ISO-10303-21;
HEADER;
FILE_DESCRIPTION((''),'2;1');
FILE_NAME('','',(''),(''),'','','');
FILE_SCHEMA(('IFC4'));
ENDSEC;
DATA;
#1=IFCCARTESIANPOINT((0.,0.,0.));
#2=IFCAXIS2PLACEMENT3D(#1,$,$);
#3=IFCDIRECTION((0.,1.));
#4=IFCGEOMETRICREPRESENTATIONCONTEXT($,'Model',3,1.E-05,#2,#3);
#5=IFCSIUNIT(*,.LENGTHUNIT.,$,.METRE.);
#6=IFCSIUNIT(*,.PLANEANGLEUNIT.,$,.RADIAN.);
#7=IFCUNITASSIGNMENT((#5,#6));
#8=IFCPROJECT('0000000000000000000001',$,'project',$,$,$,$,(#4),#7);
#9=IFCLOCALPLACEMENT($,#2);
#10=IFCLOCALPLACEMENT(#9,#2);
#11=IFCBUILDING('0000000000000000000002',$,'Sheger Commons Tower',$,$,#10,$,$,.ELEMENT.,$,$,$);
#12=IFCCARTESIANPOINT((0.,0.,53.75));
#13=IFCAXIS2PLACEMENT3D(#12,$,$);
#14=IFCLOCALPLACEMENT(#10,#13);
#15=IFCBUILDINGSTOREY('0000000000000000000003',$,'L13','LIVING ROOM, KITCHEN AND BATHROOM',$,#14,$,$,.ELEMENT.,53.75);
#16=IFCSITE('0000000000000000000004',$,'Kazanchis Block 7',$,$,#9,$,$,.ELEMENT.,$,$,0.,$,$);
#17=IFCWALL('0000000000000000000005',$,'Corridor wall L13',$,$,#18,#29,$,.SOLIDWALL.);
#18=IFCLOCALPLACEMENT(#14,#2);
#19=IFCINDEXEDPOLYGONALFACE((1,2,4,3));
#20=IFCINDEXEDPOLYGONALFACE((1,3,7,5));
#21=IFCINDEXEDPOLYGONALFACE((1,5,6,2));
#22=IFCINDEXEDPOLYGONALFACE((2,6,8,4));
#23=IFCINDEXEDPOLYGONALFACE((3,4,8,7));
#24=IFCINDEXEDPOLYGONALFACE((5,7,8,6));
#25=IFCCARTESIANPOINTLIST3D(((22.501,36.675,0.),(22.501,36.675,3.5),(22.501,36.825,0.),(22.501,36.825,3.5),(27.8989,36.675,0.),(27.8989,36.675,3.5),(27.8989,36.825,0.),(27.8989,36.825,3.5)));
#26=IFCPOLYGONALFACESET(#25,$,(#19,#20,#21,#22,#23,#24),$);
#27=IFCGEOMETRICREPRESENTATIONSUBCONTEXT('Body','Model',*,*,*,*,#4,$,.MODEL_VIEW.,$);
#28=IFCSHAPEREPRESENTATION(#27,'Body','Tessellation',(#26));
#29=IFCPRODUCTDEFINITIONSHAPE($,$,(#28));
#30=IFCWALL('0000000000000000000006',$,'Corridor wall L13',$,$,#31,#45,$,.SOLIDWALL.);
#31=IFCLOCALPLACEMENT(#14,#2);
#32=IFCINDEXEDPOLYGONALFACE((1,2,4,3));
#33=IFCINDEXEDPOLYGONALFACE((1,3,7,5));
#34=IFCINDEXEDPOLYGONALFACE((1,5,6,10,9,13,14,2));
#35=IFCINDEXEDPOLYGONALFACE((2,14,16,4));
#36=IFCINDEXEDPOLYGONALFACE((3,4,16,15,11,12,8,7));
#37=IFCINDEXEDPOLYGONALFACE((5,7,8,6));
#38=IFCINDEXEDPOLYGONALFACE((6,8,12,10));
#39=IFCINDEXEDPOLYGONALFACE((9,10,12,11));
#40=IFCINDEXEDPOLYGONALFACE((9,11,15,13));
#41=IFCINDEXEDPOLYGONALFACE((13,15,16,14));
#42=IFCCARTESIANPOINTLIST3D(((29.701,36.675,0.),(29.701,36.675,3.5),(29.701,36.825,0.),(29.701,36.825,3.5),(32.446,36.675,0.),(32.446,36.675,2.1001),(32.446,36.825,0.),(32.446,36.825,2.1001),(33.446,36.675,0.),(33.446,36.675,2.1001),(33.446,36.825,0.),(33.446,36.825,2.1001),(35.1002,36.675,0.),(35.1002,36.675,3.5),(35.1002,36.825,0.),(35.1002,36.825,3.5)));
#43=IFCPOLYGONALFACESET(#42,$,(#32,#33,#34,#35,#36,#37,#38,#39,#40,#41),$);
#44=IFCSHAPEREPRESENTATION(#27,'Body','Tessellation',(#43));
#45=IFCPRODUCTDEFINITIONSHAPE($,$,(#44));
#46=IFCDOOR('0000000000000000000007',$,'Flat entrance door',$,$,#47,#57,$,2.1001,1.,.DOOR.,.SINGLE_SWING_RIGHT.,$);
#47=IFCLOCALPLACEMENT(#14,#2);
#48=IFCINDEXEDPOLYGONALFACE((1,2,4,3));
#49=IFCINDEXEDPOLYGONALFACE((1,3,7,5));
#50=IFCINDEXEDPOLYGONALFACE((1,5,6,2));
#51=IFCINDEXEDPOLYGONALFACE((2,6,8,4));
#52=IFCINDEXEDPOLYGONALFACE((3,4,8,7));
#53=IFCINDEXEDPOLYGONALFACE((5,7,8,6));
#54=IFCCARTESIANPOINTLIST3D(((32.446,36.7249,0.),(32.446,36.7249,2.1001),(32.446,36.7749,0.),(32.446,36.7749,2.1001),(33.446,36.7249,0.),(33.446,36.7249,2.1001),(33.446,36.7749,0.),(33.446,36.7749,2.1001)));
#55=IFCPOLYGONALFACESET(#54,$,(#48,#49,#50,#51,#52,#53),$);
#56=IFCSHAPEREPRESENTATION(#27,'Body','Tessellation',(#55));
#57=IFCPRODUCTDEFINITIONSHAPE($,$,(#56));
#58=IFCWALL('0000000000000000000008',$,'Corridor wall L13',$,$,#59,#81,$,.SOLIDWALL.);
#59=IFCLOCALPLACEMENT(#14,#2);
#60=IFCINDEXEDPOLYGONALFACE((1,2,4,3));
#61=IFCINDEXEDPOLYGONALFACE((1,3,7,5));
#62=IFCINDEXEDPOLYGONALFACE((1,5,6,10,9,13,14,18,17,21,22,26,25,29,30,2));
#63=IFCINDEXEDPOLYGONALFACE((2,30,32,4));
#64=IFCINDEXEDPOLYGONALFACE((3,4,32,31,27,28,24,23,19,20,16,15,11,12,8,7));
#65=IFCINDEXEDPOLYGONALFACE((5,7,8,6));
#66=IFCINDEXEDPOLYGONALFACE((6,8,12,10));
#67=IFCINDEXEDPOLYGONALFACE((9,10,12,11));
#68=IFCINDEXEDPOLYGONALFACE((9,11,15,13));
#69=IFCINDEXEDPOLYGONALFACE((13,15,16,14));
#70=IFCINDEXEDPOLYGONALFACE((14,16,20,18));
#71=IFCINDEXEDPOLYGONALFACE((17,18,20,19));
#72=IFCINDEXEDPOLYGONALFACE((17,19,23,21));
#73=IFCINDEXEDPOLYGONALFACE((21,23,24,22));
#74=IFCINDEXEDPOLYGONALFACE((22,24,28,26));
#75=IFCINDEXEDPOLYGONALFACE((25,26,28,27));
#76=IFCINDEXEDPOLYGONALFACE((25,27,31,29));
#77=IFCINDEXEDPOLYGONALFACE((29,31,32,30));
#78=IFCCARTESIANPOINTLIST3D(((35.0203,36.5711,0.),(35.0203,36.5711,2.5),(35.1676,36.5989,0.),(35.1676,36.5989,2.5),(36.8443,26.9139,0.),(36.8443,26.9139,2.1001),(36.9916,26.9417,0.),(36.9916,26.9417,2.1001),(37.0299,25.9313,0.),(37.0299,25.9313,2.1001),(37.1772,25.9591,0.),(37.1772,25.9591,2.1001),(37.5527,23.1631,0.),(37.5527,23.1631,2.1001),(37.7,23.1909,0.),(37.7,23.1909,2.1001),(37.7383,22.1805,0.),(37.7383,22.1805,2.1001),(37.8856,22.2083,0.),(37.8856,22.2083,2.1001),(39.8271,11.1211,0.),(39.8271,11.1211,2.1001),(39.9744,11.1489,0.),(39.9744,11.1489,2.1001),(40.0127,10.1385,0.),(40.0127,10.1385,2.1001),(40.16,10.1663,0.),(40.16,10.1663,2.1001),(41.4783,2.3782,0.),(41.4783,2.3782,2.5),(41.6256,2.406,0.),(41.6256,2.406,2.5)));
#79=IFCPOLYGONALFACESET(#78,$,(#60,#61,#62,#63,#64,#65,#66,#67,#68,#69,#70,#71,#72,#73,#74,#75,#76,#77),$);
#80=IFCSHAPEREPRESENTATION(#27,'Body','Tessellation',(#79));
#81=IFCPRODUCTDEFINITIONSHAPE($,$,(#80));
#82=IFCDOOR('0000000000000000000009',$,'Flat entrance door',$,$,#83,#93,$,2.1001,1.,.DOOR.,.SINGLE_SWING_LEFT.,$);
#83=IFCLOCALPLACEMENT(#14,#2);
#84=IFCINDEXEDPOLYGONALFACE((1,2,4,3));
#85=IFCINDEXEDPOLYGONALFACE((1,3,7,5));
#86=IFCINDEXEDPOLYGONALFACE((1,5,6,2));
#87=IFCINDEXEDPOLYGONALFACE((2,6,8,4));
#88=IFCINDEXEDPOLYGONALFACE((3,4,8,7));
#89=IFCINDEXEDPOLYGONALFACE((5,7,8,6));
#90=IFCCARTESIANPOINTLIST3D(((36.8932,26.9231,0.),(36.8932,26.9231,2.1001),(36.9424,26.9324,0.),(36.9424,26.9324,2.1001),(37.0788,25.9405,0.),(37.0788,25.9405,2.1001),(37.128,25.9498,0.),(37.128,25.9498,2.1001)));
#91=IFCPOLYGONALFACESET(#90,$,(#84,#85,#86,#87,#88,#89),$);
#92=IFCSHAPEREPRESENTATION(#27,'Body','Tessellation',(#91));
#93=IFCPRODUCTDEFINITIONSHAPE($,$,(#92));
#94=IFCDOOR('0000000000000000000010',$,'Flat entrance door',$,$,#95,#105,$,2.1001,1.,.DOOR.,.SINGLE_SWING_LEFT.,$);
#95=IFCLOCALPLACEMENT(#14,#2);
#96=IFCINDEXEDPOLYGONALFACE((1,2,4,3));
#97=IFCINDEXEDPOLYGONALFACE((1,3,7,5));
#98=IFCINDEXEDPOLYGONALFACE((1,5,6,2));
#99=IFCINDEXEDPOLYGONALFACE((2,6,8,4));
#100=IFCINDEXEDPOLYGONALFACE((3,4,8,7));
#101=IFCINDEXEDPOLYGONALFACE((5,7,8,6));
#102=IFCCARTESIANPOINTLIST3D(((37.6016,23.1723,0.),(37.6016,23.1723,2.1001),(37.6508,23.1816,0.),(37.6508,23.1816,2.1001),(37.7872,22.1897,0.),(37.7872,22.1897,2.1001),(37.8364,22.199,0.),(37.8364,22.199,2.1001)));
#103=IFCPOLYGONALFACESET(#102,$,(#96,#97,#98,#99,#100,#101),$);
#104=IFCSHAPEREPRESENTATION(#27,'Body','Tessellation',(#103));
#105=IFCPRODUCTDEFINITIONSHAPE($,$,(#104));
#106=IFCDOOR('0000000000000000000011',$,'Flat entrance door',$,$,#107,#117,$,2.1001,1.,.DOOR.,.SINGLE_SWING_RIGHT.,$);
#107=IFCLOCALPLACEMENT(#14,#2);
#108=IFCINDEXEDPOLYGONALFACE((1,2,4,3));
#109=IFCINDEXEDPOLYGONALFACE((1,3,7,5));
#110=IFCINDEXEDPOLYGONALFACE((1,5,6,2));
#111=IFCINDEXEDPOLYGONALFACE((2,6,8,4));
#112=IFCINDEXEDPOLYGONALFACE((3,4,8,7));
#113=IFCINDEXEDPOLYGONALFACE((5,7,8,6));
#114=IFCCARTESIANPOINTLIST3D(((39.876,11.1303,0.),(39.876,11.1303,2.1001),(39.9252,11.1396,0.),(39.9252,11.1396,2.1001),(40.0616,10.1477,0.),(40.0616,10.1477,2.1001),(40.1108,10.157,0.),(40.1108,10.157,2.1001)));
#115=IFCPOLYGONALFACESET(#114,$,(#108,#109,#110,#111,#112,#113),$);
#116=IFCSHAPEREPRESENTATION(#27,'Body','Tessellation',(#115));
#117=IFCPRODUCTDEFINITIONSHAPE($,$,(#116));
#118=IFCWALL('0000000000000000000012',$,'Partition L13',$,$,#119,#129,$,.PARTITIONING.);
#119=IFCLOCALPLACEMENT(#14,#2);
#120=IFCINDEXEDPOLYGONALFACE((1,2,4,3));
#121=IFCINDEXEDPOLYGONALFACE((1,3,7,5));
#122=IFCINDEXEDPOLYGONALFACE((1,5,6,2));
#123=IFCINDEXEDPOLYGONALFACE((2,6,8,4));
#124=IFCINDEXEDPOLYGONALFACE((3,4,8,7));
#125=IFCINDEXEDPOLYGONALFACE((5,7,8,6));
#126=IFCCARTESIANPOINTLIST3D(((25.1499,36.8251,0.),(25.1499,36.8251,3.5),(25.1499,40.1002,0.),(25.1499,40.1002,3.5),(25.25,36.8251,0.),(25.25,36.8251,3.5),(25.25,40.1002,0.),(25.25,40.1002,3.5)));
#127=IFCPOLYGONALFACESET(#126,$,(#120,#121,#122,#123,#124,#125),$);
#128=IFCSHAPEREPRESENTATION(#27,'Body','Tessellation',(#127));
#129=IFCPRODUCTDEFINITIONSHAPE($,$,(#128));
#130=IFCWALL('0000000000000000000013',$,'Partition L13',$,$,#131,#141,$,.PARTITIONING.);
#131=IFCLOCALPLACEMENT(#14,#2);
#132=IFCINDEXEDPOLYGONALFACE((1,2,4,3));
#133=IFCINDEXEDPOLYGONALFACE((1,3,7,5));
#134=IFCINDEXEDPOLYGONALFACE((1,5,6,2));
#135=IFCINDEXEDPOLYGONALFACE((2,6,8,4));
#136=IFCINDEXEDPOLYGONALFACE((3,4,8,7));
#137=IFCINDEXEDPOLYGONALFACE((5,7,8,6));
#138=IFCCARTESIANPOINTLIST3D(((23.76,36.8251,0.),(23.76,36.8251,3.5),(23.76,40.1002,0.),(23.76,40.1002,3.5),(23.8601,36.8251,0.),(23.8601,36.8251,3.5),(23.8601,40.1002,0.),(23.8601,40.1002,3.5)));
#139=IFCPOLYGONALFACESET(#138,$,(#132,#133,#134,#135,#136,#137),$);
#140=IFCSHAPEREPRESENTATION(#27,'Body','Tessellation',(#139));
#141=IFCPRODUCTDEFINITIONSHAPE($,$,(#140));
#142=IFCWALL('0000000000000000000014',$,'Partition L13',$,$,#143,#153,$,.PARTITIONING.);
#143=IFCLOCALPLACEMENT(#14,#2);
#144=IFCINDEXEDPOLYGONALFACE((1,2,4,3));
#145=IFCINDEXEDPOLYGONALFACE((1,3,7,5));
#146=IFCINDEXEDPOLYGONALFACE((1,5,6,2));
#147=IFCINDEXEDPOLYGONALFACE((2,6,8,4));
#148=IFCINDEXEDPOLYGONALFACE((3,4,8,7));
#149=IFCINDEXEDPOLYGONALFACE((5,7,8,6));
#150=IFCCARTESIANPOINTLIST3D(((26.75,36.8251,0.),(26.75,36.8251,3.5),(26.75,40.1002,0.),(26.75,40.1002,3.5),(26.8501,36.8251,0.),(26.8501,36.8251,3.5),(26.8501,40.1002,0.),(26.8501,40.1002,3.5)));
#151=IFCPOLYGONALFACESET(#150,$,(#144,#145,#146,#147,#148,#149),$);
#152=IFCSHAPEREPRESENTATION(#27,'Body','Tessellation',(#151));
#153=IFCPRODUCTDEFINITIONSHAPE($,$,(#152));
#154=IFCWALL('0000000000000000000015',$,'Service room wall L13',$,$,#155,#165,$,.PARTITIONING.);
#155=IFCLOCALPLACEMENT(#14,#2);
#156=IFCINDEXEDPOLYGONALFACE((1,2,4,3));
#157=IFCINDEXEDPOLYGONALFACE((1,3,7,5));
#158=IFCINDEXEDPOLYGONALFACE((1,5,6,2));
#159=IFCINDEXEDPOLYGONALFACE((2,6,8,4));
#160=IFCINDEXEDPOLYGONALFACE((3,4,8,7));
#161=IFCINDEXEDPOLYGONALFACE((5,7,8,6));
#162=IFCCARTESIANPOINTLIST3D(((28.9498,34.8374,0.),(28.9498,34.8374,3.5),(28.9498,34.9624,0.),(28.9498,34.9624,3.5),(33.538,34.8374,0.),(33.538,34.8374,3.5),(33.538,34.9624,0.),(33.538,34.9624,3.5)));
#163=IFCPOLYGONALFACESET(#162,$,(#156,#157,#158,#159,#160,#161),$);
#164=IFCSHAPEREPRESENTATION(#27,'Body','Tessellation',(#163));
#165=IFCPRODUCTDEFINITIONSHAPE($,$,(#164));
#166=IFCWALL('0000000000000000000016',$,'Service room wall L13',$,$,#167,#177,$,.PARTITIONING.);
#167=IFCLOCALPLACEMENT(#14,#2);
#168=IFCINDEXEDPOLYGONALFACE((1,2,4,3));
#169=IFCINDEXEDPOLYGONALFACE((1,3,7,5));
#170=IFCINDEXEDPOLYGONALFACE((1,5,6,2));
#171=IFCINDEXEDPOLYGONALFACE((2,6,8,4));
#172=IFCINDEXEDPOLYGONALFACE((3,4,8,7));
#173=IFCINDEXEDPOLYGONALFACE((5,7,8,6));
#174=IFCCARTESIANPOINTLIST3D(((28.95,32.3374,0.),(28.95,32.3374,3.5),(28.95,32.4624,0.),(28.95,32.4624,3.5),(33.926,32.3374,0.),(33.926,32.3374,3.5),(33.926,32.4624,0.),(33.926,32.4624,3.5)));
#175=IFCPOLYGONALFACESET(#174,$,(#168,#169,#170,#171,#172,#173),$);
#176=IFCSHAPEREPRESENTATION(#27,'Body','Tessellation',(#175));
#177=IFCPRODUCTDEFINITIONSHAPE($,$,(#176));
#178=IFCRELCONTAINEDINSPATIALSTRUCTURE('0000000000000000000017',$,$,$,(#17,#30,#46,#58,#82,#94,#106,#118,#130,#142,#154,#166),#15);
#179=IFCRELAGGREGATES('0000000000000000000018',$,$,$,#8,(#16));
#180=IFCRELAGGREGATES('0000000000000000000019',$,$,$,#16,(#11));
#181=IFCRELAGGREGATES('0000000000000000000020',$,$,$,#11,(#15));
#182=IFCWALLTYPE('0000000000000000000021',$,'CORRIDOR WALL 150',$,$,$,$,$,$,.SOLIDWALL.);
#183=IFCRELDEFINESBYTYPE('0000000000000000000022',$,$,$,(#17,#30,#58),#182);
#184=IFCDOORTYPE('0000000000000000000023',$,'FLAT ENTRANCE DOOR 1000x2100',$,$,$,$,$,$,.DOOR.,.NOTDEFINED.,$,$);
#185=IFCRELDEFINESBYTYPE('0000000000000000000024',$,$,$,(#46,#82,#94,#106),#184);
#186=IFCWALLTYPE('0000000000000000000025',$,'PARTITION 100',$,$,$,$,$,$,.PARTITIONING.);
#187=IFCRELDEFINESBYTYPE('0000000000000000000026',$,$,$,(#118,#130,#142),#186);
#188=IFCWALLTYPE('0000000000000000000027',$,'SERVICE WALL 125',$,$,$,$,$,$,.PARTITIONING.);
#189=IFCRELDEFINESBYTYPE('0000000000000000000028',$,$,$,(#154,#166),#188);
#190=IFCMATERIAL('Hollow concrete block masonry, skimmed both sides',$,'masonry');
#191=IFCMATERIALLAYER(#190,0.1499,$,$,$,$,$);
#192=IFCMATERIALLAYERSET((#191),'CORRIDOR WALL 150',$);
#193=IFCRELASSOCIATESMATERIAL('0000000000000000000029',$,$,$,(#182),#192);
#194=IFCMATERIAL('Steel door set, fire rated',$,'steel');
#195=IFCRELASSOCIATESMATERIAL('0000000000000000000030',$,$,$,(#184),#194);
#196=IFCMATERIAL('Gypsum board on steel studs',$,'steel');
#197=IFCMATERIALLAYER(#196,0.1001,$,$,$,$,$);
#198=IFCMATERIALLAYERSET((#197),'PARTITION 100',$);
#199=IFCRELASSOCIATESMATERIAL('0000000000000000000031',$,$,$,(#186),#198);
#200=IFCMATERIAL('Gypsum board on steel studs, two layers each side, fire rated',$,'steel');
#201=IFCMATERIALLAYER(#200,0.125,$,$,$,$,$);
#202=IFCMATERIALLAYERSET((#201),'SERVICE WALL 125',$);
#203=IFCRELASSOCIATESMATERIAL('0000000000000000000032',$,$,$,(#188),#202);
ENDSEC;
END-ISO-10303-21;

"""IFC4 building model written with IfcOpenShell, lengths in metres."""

from ifc_helpers import new_model, si_unit, direction, frame, frame_2d, origin, place, context, subcontext, project, spatial, rectangle, extrude, material, layer, layer_set, type_object, element, fill, save


model = new_model("IFC4")

# Units and contexts
model_context = context("Model", 3, precision=1e-05, world=origin(), true_north=direction((0.0, 1.0)))
body_context = subcontext(model_context, "Body", "Model", "MODEL_VIEW")
ifc_project = project(units=[si_unit("LENGTHUNIT", "METRE"), si_unit("PLANEANGLEUNIT", "RADIAN")], contexts=[model_context])

# Site, building, storey
site_placement = place(None, origin())
site = spatial("IfcSite", under=ifc_project, at=site_placement, Name="Kazanchis Block 7", CompositionType="ELEMENT", RefElevation=0.0)
building_placement = place(site_placement, origin())
building = spatial("IfcBuilding", under=site, at=building_placement, Name="Sheger Commons Tower", CompositionType="ELEMENT")
storey_placement = place(building_placement, frame((0.0, 0.0, 53.75)))
storey = spatial("IfcBuildingStorey", under=building, at=storey_placement, Name="L13", Description="LIVING ROOM, KITCHEN AND BATHROOM", CompositionType="ELEMENT", Elevation=53.75)

# Wall
ifc_material_1 = material(Name="Hollow concrete block masonry, skimmed both sides", Category="masonry")
ifc_layer_1 = layer(ifc_material_1, 0.1499)
ifc_layer_set_1 = layer_set([ifc_layer_1], Name="CORRIDOR WALL 150")
wall_type_1 = type_object("IfcWallType", Name="CORRIDOR WALL 150", PredefinedType="SOLIDWALL", material=ifc_layer_set_1)
wall_1_placement = place(storey_placement, frame((22.501, 36.75, 0.0), z_axis=(0.0, 0.0, 1.0), x_axis=(1.0, 0.0, 0.0)))
element("IfcWall", 1, at=wall_1_placement, inside=storey, type_object=wall_type_1, Name="Corridor wall L13", PredefinedType="SOLIDWALL", context=body_context, shape_type="SweptSolid", body=[
    extrude(rectangle(XDim=5.3979, YDim=0.1499, at=frame_2d((2.699, 0.0))), origin(), (0.0, 0.0, 1.0), 3.5),
])

# Wall, opening, door
wall_2_placement = place(storey_placement, frame((29.7009, 36.75, 0.0), z_axis=(0.0, 0.0, 1.0), x_axis=(1.0, 0.0, 0.0)))
wall_2 = element("IfcWall", 2, at=wall_2_placement, inside=storey, type_object=wall_type_1, Name="Corridor wall L13", PredefinedType="SOLIDWALL", context=body_context, shape_type="SweptSolid", body=[
    extrude(rectangle(XDim=5.3992, YDim=0.1499, at=frame_2d((2.6997, 0.0))), origin(), (0.0, 0.0, 1.0), 3.5),
])
opening_1_placement = place(wall_2_placement, frame((2.7451, 0.0, 0.0)))
opening_1 = element("IfcOpeningElement", 3, at=opening_1_placement, cuts=wall_2, PredefinedType="OPENING", context=body_context, shape_type="SweptSolid", body=[
    extrude(rectangle(XDim=1.0, YDim=2.1001, at=frame_2d((0.5, 1.05))), frame((0.0, 0.085, 0.0), z_axis=(0.0, -1.0, 0.0), x_axis=(1.0, 0.0, 0.0)), (0.0, 0.0, 1.0), 0.1699),
])
ifc_material_2 = material(Name="Steel door set, fire rated", Category="steel")
door_type_1 = type_object("IfcDoorType", Name="FLAT ENTRANCE DOOR 1000x2100", OperationType="NOTDEFINED", PredefinedType="DOOR", material=ifc_material_2)
door_1_placement = place(opening_1_placement, origin())
door_1 = element("IfcDoor", 4, at=door_1_placement, inside=storey, type_object=door_type_1, Name="Flat entrance door", OperationType="SINGLE_SWING_RIGHT", OverallHeight=2.1001, OverallWidth=1.0, PredefinedType="DOOR", context=body_context, shape_type="SweptSolid", body=[
    extrude(rectangle(XDim=1.0, YDim=2.1001, at=frame_2d((0.5, 1.05))), frame((0.0, 0.0249, 0.0), z_axis=(0.0, -1.0, 0.0), x_axis=(1.0, 0.0, 0.0)), (0.0, 0.0, 1.0), 0.05),
])
fill(opening_1, door_1)

# Wall, openings, doors
wall_3_placement = place(storey_placement, frame((35.094, 36.585, 0.0), z_axis=(0.0, 0.0, 1.0), x_axis=(0.185589, -0.982627, 0.0)))
wall_3 = element("IfcWall", 5, at=wall_3_placement, inside=storey, type_object=wall_type_1, Name="Corridor wall L13", PredefinedType="SOLIDWALL", context=body_context, shape_type="SweptSolid", body=[
    extrude(rectangle(XDim=34.7974, YDim=0.1499, at=frame_2d((17.3987, 0.0))), origin(), (0.0, 0.0, 1.0), 2.5),
])
opening_2_placement = place(wall_3_placement, frame((9.8279, 0.0, 0.0)))
opening_2 = element("IfcOpeningElement", 6, at=opening_2_placement, cuts=wall_3, PredefinedType="OPENING", context=body_context, shape_type="SweptSolid", body=[
    extrude(rectangle(XDim=1.0, YDim=2.1001, at=frame_2d((0.5, 1.05))), frame((0.0, 0.085, 0.0), z_axis=(0.0, -1.0, 0.0), x_axis=(1.0, 0.0, 0.0)), (0.0, 0.0, 1.0), 0.1699),
])
opening_3_placement = place(wall_3_placement, frame((13.645, 0.0, 0.0)))
opening_3 = element("IfcOpeningElement", 7, at=opening_3_placement, cuts=wall_3, PredefinedType="OPENING", context=body_context, shape_type="SweptSolid", body=[
    extrude(rectangle(XDim=1.0, YDim=2.1001, at=frame_2d((0.5, 1.05))), frame((0.0, 0.085, 0.0), z_axis=(0.0, -1.0, 0.0), x_axis=(1.0, 0.0, 0.0)), (0.0, 0.0, 1.0), 0.1699),
])
opening_4_placement = place(wall_3_placement, frame((25.8999, 0.0, 0.0)))
opening_4 = element("IfcOpeningElement", 8, at=opening_4_placement, cuts=wall_3, PredefinedType="OPENING", context=body_context, shape_type="SweptSolid", body=[
    extrude(rectangle(XDim=1.0, YDim=2.1001, at=frame_2d((0.5, 1.05))), frame((0.0, 0.085, 0.0), z_axis=(0.0, -1.0, 0.0), x_axis=(1.0, 0.0, 0.0)), (0.0, 0.0, 1.0), 0.1699),
])
door_2_placement = place(opening_2_placement, origin())
door_2 = element("IfcDoor", 9, at=door_2_placement, inside=storey, type_object=door_type_1, Name="Flat entrance door", OperationType="SINGLE_SWING_LEFT", OverallHeight=2.1001, OverallWidth=1.0, PredefinedType="DOOR", context=body_context, shape_type="SweptSolid", body=[
    extrude(rectangle(XDim=1.0, YDim=2.1001, at=frame_2d((0.5, 1.05))), frame((0.0, 0.0249, 0.0), z_axis=(0.0, -1.0, 0.0), x_axis=(1.0, 0.0, 0.0)), (0.0, 0.0, 1.0), 0.05),
])
fill(opening_2, door_2)
door_3_placement = place(opening_3_placement, origin())
door_3 = element("IfcDoor", 10, at=door_3_placement, inside=storey, type_object=door_type_1, Name="Flat entrance door", OperationType="SINGLE_SWING_LEFT", OverallHeight=2.1001, OverallWidth=1.0, PredefinedType="DOOR", context=body_context, shape_type="SweptSolid", body=[
    extrude(rectangle(XDim=1.0, YDim=2.1001, at=frame_2d((0.5, 1.05))), frame((0.0, 0.0249, 0.0), z_axis=(0.0, -1.0, 0.0), x_axis=(1.0, 0.0, 0.0)), (0.0, 0.0, 1.0), 0.05),
])
fill(opening_3, door_3)
door_4_placement = place(opening_4_placement, origin())
door_4 = element("IfcDoor", 11, at=door_4_placement, inside=storey, type_object=door_type_1, Name="Flat entrance door", OperationType="SINGLE_SWING_RIGHT", OverallHeight=2.1001, OverallWidth=1.0, PredefinedType="DOOR", context=body_context, shape_type="SweptSolid", body=[
    extrude(rectangle(XDim=1.0, YDim=2.1001, at=frame_2d((0.5, 1.05))), frame((0.0, 0.0249, 0.0), z_axis=(0.0, -1.0, 0.0), x_axis=(1.0, 0.0, 0.0)), (0.0, 0.0, 1.0), 0.05),
])
fill(opening_4, door_4)

# Walls
ifc_material_3 = material(Name="Gypsum board on steel studs", Category="steel")
ifc_layer_2 = layer(ifc_material_3, 0.1001)
ifc_layer_set_2 = layer_set([ifc_layer_2], Name="PARTITION 100")
wall_type_2 = type_object("IfcWallType", Name="PARTITION 100", PredefinedType="PARTITIONING", material=ifc_layer_set_2)
for number, where, z_axis, x_axis, name in (
    (12, (25.2, 36.825, 0.0), (0.0, 0.0, 1.0), (0.0, 1.0, 0.0), "Partition L13"),
    (13, (23.8101, 36.825, 0.0), (0.0, 0.0, 1.0), (0.0, 1.0, 0.0), "Partition L13"),
    (14, (26.8, 36.825, 0.0), (0.0, 0.0, 1.0), (0.0, 1.0, 0.0), "Partition L13"),
):
    element("IfcWall", number, at=place(storey_placement, frame(where, z_axis=z_axis, x_axis=x_axis)), inside=storey, type_object=wall_type_2, Name=name, PredefinedType="PARTITIONING", context=body_context, shape_type="SweptSolid", body=[
        extrude(rectangle(XDim=3.2751, YDim=0.1001, at=frame_2d((1.6377, 0.0))), origin(), (0.0, 0.0, 1.0), 3.5),
    ])
ifc_material_4 = material(Name="Gypsum board on steel studs, two layers each side, fire rated", Category="steel")
ifc_layer_3 = layer(ifc_material_4, 0.125)
ifc_layer_set_3 = layer_set([ifc_layer_3], Name="SERVICE WALL 125")
wall_type_3 = type_object("IfcWallType", Name="SERVICE WALL 125", PredefinedType="PARTITIONING", material=ifc_layer_set_3)
wall_4_placement = place(storey_placement, frame((28.95, 34.8999, 0.0), z_axis=(0.0, 0.0, 1.0), x_axis=(1.0, 0.0, 0.0)))
element("IfcWall", 15, at=wall_4_placement, inside=storey, type_object=wall_type_3, Name="Service room wall L13", PredefinedType="PARTITIONING", context=body_context, shape_type="SweptSolid", body=[
    extrude(rectangle(XDim=4.5881, YDim=0.125, at=frame_2d((2.2939, 0.0))), origin(), (0.0, 0.0, 1.0), 3.5),
])
wall_5_placement = place(storey_placement, frame((28.95, 32.3999, 0.0), z_axis=(0.0, 0.0, 1.0), x_axis=(1.0, 0.0, 0.0)))
element("IfcWall", 16, at=wall_5_placement, inside=storey, type_object=wall_type_3, Name="Service room wall L13", PredefinedType="PARTITIONING", context=body_context, shape_type="SweptSolid", body=[
    extrude(rectangle(XDim=4.9761, YDim=0.125, at=frame_2d((2.488, 0.0))), origin(), (0.0, 0.0, 1.0), 3.5),
])

save(model, "model.ifc")
